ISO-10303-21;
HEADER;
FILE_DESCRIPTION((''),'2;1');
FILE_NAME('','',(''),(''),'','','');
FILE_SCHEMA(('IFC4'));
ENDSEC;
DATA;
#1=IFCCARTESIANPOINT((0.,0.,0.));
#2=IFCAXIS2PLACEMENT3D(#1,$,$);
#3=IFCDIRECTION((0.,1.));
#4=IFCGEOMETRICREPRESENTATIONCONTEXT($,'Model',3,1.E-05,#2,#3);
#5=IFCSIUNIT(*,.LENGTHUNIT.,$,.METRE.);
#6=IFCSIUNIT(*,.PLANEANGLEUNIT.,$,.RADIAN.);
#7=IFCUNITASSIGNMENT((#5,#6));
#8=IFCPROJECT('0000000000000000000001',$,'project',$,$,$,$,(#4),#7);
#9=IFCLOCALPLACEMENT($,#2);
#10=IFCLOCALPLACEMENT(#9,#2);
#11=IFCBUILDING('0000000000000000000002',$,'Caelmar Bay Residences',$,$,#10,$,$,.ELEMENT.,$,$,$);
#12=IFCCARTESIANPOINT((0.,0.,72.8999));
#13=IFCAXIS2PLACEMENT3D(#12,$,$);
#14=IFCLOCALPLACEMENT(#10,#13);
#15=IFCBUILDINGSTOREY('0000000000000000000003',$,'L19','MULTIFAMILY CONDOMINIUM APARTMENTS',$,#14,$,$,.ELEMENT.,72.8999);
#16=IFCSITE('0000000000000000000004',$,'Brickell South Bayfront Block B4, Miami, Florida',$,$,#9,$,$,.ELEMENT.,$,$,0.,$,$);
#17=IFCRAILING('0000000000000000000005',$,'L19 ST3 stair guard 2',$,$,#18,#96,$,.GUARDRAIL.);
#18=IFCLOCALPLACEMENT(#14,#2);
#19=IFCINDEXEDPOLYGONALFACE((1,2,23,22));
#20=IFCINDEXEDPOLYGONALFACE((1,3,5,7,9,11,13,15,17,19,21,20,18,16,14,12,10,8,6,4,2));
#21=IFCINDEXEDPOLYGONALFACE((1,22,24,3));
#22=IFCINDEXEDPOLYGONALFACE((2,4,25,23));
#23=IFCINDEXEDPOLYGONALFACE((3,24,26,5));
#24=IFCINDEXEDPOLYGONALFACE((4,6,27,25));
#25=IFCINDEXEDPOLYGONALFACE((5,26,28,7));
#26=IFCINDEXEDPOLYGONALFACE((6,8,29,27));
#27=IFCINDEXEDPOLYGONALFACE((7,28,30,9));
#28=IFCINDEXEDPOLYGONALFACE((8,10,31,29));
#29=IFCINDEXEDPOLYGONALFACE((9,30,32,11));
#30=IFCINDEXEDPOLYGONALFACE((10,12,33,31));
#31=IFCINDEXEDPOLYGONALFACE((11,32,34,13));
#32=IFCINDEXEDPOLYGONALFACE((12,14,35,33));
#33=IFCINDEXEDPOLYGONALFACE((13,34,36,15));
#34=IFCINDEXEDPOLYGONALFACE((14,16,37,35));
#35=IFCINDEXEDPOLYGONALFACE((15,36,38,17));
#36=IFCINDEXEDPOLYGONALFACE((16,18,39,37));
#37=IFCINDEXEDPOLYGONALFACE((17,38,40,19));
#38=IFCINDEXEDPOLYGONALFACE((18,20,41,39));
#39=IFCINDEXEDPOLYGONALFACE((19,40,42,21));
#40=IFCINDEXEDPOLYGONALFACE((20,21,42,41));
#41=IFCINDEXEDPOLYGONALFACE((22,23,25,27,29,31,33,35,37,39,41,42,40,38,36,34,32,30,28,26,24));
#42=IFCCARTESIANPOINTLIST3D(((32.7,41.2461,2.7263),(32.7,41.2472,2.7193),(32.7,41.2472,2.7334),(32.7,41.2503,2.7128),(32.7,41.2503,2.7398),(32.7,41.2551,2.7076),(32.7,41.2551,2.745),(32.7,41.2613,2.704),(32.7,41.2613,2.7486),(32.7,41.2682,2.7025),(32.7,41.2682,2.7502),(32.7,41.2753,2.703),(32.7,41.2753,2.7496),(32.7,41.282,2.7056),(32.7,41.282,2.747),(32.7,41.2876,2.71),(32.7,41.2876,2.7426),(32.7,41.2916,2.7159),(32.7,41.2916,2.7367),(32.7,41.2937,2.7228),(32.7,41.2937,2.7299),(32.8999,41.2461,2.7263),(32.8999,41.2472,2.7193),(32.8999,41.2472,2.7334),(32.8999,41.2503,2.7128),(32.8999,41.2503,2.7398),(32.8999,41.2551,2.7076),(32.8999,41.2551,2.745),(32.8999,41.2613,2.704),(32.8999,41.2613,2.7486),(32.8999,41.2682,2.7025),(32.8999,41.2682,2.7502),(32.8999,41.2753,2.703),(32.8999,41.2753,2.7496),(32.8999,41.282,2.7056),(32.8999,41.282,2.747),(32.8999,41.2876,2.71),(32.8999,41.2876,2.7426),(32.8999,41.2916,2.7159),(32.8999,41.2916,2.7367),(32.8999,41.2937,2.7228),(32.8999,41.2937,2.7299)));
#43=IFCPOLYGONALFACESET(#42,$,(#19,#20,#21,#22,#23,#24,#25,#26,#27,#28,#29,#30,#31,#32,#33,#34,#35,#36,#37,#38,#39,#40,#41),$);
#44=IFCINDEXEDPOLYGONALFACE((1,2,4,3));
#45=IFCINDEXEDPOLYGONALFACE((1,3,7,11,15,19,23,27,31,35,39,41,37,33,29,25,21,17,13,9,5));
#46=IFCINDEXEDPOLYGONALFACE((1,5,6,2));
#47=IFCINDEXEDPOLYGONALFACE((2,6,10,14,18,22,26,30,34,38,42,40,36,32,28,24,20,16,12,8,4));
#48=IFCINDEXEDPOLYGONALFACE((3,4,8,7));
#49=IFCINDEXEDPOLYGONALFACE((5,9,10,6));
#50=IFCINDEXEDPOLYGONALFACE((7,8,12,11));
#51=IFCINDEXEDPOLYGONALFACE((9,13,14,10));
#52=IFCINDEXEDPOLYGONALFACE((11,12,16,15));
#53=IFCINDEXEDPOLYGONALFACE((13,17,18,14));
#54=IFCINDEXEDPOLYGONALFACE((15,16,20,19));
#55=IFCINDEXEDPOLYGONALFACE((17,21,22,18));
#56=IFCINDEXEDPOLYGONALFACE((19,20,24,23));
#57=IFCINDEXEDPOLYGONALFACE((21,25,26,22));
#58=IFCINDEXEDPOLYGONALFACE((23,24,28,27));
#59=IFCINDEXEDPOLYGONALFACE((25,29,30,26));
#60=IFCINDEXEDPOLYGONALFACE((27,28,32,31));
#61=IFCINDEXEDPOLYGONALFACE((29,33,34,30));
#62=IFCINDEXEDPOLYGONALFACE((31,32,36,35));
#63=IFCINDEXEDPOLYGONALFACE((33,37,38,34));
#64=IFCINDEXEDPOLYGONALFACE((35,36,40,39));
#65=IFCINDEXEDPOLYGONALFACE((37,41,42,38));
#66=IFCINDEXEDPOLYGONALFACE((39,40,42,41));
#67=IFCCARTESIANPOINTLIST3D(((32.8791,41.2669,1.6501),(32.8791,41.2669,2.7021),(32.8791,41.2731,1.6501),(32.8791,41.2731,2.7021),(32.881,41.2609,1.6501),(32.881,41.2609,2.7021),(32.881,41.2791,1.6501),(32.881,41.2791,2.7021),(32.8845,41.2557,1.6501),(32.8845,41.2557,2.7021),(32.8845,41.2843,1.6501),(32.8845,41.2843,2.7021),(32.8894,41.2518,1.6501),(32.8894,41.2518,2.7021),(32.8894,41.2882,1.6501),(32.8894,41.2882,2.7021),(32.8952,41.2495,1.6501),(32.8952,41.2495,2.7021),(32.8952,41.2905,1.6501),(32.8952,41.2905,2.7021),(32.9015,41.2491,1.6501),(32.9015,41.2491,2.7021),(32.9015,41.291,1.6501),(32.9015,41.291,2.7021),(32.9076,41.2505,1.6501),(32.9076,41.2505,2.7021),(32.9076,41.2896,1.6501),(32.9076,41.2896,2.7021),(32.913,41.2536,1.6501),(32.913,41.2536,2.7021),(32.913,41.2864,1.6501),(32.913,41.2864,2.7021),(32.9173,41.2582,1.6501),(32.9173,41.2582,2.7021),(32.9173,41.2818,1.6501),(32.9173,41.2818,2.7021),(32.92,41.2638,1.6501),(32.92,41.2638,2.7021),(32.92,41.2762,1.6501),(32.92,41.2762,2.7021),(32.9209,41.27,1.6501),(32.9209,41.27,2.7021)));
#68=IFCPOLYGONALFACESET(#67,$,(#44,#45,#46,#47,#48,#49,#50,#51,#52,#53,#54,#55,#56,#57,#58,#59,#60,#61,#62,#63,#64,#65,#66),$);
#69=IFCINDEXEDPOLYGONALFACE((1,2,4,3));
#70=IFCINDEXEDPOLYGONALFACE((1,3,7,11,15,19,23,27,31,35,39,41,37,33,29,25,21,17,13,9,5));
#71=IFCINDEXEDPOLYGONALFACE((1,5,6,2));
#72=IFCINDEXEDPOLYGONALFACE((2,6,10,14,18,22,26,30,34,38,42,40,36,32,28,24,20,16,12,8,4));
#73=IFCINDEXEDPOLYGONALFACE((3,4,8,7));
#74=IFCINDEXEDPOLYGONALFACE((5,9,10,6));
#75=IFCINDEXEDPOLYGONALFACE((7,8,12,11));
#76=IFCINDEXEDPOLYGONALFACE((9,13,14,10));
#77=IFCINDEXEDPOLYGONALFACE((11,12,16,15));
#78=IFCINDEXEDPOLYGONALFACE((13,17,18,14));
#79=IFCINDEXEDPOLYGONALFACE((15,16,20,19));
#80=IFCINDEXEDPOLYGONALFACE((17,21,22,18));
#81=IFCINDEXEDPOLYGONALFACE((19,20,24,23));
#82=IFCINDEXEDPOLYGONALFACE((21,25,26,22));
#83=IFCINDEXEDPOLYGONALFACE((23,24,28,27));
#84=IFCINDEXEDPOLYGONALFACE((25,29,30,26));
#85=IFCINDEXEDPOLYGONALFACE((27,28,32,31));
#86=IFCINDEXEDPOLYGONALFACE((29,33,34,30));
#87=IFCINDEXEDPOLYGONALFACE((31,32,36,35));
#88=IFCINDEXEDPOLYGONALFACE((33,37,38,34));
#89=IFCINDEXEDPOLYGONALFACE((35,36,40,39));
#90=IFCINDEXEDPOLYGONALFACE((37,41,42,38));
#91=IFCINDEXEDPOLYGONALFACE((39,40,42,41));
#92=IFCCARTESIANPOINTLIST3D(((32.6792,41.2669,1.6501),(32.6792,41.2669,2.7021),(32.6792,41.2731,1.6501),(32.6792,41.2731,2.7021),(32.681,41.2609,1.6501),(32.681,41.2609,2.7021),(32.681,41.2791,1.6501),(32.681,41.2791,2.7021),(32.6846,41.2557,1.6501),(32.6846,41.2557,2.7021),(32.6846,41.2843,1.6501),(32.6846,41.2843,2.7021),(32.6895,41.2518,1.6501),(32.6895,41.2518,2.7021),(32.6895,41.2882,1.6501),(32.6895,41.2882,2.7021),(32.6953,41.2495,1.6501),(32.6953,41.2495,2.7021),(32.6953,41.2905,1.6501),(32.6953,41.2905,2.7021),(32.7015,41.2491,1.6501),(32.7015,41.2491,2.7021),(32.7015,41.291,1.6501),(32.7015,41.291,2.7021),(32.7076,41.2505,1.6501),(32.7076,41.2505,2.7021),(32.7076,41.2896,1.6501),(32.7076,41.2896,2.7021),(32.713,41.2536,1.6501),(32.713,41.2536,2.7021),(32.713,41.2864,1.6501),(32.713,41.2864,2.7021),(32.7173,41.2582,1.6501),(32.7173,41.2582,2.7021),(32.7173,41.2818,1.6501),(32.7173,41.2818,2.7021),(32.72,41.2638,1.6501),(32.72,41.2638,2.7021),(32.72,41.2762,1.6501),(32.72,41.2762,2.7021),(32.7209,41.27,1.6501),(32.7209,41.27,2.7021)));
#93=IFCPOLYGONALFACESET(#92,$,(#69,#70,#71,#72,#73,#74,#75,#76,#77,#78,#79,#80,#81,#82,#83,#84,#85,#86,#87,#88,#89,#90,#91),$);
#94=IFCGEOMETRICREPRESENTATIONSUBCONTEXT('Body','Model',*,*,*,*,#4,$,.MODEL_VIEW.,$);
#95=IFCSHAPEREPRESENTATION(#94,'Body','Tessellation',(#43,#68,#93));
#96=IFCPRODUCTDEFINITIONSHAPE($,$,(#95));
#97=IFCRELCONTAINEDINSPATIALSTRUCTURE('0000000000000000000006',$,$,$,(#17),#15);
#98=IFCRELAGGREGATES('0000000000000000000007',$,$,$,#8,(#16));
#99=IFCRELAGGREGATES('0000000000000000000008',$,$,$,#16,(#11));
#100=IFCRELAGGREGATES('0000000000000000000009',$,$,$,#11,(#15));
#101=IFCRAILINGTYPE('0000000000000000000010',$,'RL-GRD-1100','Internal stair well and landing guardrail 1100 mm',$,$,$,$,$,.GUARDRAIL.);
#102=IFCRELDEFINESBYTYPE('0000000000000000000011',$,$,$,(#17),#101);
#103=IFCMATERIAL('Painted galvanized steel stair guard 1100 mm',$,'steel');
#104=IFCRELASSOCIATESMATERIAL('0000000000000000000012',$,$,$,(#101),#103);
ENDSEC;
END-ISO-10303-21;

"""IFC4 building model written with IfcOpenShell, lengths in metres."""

from ifc_helpers import new_model, si_unit, direction, frame, origin, origin_2d, place, context, subcontext, project, spatial, circle, extrude, material, type_object, element, save


model = new_model("IFC4")

# Units and contexts
model_context = context("Model", 3, precision=1e-05, world=origin(), true_north=direction((0.0, 1.0)))
body_context = subcontext(model_context, "Body", "Model", "MODEL_VIEW")
ifc_project = project(units=[si_unit("LENGTHUNIT", "METRE"), si_unit("PLANEANGLEUNIT", "RADIAN")], contexts=[model_context])

# Site, building, storey
site_placement = place(None, origin())
site = spatial("IfcSite", under=ifc_project, at=site_placement, Name="Brickell South Bayfront Block B4, Miami, Florida", CompositionType="ELEMENT", RefElevation=0.0)
building_placement = place(site_placement, origin())
building = spatial("IfcBuilding", under=site, at=building_placement, Name="Caelmar Bay Residences", CompositionType="ELEMENT")
storey_placement = place(building_placement, frame((0.0, 0.0, 72.8999)))
storey = spatial("IfcBuildingStorey", under=building, at=storey_placement, Name="L19", Description="MULTIFAMILY CONDOMINIUM APARTMENTS", CompositionType="ELEMENT", Elevation=72.8999)

# Railing
ifc_material_1 = material(Name="Painted galvanized steel stair guard 1100 mm", Category="steel")
railing_type_1 = type_object("IfcRailingType", Name="RL-GRD-1100", Description="Internal stair well and landing guardrail 1100 mm", PredefinedType="GUARDRAIL", material=ifc_material_1)
railing_1_placement = place(storey_placement, frame((32.8999, 41.27, 1.6501)))
element("IfcRailing", 1, at=railing_1_placement, inside=storey, type_object=railing_type_1, Name="L19 ST3 stair guard 2", PredefinedType="GUARDRAIL", context=body_context, shape_type="SweptSolid", body=[
    extrude(circle(Radius=0.0239, at=origin_2d()), frame((0.0, 0.0, 1.0762), z_axis=(-1.0, 0.0, 0.0), x_axis=(0.0, -1.0, 0.0)), (0.0, 0.0, 1.0), 0.2),
    extrude(circle(Radius=0.021, at=origin_2d()), origin(), (0.0, 0.0, 1.0), 1.052),
    extrude(circle(Radius=0.021, at=origin_2d()), frame((-0.2, 0.0, 0.0)), (0.0, 0.0, 1.0), 1.052),
])

save(model, "model.ifc")
